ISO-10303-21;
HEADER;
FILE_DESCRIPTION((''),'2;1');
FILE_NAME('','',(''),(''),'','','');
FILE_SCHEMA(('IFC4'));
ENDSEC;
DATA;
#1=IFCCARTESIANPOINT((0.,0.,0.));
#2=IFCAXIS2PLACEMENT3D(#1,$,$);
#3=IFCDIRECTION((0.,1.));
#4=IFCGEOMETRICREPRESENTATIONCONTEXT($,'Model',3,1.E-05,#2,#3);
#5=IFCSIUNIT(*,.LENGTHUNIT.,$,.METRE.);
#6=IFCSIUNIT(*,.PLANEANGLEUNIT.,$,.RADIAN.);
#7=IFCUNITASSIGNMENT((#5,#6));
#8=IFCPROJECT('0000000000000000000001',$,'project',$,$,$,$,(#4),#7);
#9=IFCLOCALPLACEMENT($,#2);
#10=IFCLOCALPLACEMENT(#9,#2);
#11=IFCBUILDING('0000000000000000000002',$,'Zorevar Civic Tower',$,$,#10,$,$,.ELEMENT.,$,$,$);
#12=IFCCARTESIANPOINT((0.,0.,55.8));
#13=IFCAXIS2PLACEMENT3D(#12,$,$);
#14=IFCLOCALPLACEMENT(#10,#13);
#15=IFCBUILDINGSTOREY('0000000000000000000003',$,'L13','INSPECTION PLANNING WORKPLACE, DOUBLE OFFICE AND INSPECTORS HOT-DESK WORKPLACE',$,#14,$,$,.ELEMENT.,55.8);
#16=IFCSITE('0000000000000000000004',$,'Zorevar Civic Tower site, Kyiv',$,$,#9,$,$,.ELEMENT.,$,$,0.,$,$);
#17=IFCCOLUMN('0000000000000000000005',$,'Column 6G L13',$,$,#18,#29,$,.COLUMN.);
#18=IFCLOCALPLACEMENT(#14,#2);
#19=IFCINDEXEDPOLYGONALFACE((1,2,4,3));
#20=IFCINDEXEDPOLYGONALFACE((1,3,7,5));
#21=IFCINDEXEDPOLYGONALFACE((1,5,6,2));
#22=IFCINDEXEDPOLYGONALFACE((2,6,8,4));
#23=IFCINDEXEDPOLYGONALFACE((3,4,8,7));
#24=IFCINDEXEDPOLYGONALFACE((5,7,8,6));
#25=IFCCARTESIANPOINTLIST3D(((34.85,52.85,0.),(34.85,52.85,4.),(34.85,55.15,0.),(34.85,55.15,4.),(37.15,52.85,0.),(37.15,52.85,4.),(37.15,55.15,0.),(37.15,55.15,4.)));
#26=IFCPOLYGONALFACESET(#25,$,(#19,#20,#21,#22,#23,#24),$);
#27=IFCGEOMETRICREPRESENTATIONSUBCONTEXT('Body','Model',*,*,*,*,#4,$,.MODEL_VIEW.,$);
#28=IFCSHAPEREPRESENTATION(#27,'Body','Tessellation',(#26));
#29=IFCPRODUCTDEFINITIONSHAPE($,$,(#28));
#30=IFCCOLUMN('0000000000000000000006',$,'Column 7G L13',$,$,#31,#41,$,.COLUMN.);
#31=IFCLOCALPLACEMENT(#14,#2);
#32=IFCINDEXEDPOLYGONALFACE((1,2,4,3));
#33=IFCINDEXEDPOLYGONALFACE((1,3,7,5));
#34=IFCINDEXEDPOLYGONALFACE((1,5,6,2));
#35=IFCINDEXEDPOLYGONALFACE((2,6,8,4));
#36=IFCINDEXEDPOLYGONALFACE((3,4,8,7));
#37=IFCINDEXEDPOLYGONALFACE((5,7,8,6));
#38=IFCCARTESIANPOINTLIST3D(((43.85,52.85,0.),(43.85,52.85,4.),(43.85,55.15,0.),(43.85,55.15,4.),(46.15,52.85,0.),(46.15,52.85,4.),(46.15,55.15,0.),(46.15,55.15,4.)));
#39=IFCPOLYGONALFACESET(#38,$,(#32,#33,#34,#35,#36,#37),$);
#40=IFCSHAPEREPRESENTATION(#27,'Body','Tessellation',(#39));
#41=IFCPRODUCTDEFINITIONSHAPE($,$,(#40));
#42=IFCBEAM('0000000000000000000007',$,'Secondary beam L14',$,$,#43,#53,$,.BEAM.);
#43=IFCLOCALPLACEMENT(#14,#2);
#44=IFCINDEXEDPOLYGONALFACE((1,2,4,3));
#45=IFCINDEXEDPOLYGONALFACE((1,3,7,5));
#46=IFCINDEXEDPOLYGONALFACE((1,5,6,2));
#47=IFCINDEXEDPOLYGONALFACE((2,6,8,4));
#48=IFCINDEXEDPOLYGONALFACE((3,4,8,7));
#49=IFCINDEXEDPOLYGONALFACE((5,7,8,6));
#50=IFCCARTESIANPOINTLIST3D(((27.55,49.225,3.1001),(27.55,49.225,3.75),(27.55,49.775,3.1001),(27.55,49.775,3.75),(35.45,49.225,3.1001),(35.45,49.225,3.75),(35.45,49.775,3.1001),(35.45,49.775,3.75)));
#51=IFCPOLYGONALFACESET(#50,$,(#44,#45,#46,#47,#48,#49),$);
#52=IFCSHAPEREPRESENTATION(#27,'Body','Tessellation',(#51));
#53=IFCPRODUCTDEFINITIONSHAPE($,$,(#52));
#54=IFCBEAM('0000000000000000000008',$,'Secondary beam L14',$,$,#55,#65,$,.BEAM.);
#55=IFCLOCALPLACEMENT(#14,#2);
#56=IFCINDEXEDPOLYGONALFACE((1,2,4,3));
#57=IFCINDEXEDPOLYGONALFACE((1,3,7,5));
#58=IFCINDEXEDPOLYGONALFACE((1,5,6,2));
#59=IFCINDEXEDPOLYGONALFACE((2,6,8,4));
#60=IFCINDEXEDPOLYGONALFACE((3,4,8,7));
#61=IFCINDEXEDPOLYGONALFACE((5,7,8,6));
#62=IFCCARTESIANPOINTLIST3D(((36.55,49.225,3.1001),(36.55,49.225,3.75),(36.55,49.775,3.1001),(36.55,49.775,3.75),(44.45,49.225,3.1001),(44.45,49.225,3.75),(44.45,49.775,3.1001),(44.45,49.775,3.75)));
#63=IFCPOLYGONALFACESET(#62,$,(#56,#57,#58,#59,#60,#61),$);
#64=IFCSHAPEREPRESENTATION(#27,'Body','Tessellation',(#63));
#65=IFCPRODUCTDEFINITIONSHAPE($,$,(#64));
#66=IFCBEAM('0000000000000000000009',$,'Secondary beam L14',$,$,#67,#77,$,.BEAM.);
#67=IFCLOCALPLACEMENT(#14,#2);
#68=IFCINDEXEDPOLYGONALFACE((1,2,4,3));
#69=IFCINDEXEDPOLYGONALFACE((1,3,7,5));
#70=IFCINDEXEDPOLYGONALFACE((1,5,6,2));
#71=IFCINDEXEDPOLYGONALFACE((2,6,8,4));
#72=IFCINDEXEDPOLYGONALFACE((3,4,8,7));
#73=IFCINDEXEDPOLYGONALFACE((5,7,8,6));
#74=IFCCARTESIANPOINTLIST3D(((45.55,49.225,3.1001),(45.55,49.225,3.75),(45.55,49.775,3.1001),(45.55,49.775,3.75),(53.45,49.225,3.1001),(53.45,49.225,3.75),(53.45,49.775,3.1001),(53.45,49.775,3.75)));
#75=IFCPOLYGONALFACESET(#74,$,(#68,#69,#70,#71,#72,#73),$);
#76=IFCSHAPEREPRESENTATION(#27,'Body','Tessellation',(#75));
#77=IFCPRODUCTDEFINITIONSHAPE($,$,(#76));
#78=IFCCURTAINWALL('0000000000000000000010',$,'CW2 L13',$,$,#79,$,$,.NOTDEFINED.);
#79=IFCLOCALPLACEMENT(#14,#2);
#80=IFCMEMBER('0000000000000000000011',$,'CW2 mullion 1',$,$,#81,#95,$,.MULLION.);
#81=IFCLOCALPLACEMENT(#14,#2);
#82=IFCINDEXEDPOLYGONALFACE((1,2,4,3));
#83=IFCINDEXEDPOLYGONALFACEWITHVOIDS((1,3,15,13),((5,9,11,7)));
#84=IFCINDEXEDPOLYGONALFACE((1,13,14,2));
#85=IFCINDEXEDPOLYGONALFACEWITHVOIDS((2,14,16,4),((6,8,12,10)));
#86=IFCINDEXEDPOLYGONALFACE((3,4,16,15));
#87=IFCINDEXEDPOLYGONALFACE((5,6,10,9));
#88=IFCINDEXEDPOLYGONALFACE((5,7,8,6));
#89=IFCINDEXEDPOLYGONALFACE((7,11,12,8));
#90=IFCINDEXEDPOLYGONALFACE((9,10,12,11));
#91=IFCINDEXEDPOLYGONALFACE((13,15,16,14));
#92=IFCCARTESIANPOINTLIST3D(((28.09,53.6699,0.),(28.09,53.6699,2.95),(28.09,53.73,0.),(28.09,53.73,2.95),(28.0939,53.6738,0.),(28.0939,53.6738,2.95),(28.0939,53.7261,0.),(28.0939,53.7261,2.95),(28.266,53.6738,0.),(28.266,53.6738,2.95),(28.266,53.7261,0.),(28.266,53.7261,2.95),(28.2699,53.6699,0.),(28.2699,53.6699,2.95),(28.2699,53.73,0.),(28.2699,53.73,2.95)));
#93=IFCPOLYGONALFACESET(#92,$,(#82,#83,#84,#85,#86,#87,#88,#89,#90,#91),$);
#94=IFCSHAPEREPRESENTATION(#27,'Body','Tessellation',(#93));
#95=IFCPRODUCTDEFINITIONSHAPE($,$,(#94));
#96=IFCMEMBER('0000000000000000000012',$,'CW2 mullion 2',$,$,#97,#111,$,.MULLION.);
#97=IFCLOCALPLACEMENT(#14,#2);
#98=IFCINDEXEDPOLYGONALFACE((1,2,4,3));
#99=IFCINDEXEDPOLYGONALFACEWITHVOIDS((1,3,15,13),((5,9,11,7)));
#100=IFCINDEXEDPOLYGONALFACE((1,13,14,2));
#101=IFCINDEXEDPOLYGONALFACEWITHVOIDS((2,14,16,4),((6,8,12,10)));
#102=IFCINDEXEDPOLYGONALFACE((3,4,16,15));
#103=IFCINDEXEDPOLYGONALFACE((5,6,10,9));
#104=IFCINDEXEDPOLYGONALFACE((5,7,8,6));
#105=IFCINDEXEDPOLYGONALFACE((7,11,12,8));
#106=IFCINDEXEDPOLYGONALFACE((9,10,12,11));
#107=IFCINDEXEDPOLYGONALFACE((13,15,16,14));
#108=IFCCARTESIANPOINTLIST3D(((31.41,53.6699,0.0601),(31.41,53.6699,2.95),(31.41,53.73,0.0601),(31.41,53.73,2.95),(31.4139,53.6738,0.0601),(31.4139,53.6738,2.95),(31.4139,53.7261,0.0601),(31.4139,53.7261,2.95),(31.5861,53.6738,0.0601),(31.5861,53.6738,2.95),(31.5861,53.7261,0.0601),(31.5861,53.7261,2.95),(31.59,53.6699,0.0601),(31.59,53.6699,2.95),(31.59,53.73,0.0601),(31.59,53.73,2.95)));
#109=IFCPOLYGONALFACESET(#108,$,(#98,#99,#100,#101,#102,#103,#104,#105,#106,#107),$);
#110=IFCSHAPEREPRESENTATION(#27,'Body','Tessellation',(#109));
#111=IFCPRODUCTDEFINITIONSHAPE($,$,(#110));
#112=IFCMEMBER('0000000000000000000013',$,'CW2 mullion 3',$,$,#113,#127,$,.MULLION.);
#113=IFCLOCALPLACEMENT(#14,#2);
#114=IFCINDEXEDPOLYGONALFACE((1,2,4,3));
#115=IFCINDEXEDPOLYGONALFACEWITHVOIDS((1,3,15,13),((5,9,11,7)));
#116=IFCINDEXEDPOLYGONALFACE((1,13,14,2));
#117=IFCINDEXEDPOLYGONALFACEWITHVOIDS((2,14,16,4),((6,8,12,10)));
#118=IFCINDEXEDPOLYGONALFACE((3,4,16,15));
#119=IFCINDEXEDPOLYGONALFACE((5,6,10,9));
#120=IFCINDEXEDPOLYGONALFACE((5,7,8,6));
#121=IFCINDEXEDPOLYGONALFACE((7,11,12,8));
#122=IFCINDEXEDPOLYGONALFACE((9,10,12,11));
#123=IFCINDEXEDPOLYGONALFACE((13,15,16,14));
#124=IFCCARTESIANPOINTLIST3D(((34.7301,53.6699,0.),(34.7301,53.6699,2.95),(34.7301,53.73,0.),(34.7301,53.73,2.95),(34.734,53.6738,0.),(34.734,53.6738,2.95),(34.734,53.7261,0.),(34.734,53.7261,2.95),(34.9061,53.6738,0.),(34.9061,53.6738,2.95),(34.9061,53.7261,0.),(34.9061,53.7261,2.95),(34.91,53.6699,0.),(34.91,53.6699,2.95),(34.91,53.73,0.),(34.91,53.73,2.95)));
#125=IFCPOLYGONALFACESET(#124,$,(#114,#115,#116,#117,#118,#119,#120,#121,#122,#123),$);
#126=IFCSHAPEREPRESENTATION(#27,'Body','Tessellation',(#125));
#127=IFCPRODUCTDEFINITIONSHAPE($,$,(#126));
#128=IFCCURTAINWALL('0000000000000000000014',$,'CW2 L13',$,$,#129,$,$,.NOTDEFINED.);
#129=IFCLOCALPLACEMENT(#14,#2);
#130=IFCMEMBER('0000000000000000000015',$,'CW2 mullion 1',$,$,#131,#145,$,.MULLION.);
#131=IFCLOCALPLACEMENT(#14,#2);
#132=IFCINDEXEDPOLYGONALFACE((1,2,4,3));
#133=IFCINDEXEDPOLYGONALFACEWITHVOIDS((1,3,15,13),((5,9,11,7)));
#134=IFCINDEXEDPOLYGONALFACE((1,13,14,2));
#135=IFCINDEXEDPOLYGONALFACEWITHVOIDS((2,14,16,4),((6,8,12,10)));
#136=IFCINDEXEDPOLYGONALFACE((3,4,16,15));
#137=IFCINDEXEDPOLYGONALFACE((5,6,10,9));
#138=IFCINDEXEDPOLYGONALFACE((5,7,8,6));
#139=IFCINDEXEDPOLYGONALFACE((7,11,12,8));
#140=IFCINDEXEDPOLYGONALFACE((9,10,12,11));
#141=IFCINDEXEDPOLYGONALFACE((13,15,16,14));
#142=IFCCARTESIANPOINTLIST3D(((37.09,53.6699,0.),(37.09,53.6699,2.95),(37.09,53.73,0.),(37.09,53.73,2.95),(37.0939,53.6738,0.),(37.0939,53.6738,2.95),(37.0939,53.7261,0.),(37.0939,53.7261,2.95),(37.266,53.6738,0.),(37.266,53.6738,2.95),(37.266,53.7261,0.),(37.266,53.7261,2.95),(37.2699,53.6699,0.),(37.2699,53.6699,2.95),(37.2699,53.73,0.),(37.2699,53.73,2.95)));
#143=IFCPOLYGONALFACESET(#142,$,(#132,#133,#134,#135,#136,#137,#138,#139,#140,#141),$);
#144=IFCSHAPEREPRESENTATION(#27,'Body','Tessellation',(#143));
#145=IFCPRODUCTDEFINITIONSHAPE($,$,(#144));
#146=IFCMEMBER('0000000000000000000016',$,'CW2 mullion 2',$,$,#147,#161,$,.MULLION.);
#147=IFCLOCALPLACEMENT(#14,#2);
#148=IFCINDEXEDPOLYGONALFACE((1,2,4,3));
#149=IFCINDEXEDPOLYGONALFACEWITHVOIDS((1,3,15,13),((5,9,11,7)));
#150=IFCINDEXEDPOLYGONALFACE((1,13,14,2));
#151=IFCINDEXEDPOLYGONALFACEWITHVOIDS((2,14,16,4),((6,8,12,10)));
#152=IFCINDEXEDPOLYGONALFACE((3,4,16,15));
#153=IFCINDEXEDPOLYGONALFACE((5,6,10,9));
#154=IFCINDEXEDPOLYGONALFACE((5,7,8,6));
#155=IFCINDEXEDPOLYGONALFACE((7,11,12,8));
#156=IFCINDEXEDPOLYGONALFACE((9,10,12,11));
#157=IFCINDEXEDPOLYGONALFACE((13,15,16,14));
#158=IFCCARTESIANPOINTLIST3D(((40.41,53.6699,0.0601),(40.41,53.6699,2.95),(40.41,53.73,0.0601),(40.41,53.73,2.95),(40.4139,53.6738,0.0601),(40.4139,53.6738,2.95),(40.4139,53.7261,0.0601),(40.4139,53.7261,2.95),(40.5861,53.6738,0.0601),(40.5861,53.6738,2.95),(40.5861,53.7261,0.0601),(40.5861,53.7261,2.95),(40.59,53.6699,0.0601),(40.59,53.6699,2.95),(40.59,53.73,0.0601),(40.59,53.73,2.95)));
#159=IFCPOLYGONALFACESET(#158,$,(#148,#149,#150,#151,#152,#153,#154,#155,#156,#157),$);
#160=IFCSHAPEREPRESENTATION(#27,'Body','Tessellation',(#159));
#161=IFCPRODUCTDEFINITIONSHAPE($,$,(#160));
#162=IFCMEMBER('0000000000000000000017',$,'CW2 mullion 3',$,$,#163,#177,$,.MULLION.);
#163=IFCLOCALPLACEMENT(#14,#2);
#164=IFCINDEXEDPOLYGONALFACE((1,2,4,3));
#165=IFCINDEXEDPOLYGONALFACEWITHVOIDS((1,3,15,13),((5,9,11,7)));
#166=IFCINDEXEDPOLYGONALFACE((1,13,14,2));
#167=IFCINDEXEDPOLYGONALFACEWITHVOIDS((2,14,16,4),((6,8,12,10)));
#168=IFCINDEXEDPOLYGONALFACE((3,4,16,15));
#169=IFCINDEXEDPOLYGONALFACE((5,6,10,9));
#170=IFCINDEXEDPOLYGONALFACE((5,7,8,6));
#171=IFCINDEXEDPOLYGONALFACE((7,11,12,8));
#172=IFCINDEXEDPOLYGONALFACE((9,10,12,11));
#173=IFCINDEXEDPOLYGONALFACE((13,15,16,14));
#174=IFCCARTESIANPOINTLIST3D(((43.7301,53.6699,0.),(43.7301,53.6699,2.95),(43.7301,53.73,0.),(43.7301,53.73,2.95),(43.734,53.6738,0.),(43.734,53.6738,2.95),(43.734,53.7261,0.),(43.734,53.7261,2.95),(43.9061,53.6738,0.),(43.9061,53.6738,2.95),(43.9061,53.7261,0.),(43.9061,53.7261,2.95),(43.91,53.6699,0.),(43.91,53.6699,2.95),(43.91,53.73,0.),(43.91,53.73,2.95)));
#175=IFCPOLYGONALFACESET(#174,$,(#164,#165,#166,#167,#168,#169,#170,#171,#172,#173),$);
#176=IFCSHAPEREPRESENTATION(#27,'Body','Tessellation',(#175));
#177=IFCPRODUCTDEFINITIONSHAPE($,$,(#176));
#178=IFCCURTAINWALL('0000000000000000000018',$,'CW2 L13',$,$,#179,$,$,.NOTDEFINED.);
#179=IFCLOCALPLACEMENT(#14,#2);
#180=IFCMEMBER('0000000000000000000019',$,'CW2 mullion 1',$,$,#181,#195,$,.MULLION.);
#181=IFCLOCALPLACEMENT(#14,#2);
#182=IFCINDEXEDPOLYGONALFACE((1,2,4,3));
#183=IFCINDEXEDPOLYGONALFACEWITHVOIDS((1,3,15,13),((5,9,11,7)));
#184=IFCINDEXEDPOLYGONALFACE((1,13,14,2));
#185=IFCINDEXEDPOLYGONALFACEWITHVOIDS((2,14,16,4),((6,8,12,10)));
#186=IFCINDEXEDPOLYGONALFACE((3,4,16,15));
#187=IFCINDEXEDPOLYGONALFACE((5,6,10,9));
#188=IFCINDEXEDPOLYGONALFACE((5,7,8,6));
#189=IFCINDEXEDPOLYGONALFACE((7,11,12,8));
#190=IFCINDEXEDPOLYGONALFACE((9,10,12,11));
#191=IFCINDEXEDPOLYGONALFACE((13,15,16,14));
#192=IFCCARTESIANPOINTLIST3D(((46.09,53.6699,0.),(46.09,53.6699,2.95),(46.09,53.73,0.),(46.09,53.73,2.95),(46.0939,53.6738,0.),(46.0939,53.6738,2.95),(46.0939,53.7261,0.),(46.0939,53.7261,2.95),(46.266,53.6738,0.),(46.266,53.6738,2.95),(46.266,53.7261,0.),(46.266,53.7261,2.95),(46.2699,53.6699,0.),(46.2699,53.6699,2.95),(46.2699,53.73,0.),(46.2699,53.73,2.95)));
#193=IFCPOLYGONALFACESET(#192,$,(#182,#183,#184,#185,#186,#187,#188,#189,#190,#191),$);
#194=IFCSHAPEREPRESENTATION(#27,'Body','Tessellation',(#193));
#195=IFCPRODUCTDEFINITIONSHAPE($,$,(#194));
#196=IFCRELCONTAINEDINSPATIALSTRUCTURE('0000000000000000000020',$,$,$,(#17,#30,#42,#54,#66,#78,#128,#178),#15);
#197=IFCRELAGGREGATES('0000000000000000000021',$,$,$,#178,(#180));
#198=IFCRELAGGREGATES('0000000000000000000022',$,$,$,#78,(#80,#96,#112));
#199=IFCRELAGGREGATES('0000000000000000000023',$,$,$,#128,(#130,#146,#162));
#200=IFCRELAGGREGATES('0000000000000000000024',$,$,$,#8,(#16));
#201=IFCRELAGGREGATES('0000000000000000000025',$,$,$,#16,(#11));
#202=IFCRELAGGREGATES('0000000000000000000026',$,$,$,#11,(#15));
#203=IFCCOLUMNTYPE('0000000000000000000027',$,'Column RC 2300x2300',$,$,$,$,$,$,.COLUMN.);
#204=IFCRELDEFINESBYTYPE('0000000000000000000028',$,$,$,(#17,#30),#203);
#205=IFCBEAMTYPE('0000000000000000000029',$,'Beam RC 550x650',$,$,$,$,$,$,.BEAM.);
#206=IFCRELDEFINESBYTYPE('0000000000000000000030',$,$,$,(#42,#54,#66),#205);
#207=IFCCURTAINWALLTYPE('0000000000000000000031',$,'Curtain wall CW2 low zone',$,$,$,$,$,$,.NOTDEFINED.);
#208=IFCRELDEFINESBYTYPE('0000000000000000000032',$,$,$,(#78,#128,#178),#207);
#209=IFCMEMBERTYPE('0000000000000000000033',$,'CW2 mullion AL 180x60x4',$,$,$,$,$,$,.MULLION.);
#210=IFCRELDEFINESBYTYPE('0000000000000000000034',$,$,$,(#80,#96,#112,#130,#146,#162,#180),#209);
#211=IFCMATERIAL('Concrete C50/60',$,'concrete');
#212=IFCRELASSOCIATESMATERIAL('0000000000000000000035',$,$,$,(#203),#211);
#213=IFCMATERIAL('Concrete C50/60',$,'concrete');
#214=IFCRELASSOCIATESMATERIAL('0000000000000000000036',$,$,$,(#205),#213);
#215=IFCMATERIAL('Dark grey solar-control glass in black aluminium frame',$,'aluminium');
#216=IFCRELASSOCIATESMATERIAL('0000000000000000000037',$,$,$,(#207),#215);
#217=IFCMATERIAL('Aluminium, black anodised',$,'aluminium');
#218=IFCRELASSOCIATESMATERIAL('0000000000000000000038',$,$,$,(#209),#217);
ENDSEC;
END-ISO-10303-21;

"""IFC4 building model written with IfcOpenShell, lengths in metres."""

from ifc_helpers import new_model, si_unit, direction, frame, origin, origin_2d, place, context, subcontext, project, spatial, rectangle, hollow_rectangle, extrude, material, material_profile, profile_set, type_object, element, aggregate, save


model = new_model("IFC4")

# Units and contexts
model_context = context("Model", 3, precision=1e-05, world=origin(), true_north=direction((0.0, 1.0)))
body_context = subcontext(model_context, "Body", "Model", "MODEL_VIEW")
ifc_project = project(units=[si_unit("LENGTHUNIT", "METRE"), si_unit("PLANEANGLEUNIT", "RADIAN")], contexts=[model_context])

# Site, building, storey
site_placement = place(None, origin())
site = spatial("IfcSite", under=ifc_project, at=site_placement, Name="Zorevar Civic Tower site, Kyiv", CompositionType="ELEMENT", RefElevation=0.0)
building_placement = place(site_placement, origin())
building = spatial("IfcBuilding", under=site, at=building_placement, Name="Zorevar Civic Tower", CompositionType="ELEMENT")
storey_placement = place(building_placement, frame((0.0, 0.0, 55.8)))
storey = spatial("IfcBuildingStorey", under=building, at=storey_placement, Name="L13", Description="INSPECTION PLANNING WORKPLACE, DOUBLE OFFICE AND INSPECTORS HOT-DESK WORKPLACE", CompositionType="ELEMENT", Elevation=55.8)

# Columns
ifc_material_1 = material(Name="Concrete C50/60", Category="concrete")
ifc_material_profile_1 = material_profile(ifc_material_1, rectangle(XDim=2.3, YDim=2.3, at=origin_2d()), Name="RC 2300x2300")
ifc_profile_set_1 = profile_set([ifc_material_profile_1], Name="Concrete C50/60")
column_type = type_object("IfcColumnType", Name="Column RC 2300x2300", PredefinedType="COLUMN", material=ifc_profile_set_1)
for number, where, z_axis, x_axis, name in (
    (1, (36.0, 54.0, 0.0), (0.0, 0.0, 1.0), (1.0, 0.0, 0.0), "Column 6G L13"),
    (2, (45.0, 54.0, 0.0), (0.0, 0.0, 1.0), (1.0, 0.0, 0.0), "Column 7G L13"),
):
    element("IfcColumn", number, at=place(storey_placement, frame(where, z_axis=z_axis, x_axis=x_axis)), inside=storey, type_object=column_type, Name=name, PredefinedType="COLUMN", context=body_context, shape_type="SweptSolid", body=[
        extrude(rectangle(XDim=2.3, YDim=2.3, at=origin_2d()), origin(), (0.0, 0.0, 1.0), 4.0),
    ])

# Beams
ifc_material_2 = material(Name="Concrete C50/60", Category="concrete")
ifc_material_profile_2 = material_profile(ifc_material_2, rectangle(XDim=0.55, YDim=0.6499, at=origin_2d()), Name="RC 550x650")
ifc_profile_set_2 = profile_set([ifc_material_profile_2], Name="Concrete C50/60")
beam_type_1 = type_object("IfcBeamType", Name="Beam RC 550x650", PredefinedType="BEAM", material=ifc_profile_set_2)
for number, where, z_axis, x_axis, name in (
    (3, (27.55, 49.5, 3.425), (1.0, 0.0, 0.0), (0.0, 1.0, 0.0), "Secondary beam L14"),
    (4, (36.55, 49.5, 3.425), (1.0, 0.0, 0.0), (0.0, 1.0, 0.0), "Secondary beam L14"),
    (5, (45.55, 49.5, 3.425), (1.0, 0.0, 0.0), (0.0, 1.0, 0.0), "Secondary beam L14"),
):
    element("IfcBeam", number, at=place(storey_placement, frame(where, z_axis=z_axis, x_axis=x_axis)), inside=storey, type_object=beam_type_1, Name=name, PredefinedType="BEAM", context=body_context, shape_type="SweptSolid", body=[
        extrude(rectangle(XDim=0.55, YDim=0.6499, at=origin_2d()), origin(), (0.0, 0.0, 1.0), 7.8999),
    ])

# Curtain walls, members
ifc_material_3 = material(Name="Dark grey solar-control glass in black aluminium frame", Category="aluminium")
curtain_wall_type = type_object("IfcCurtainWallType", Name="Curtain wall CW2 low zone", PredefinedType="NOTDEFINED", material=ifc_material_3)
curtain_wall_1_placement = place(storey_placement, origin())
curtain_wall_1 = element("IfcCurtainWall", 6, at=curtain_wall_1_placement, inside=storey, type_object=curtain_wall_type, Name="CW2 L13", PredefinedType="NOTDEFINED")
ifc_material_4 = material(Name="Aluminium, black anodised", Category="aluminium")
ifc_material_profile_3 = material_profile(ifc_material_4, hollow_rectangle(XDim=0.0601, YDim=0.1799, WallThickness=0.0039, at=origin_2d()), Name="AL 180x60x4")
ifc_profile_set_3 = profile_set([ifc_material_profile_3], Name="Aluminium, black anodised")
member_type_1 = type_object("IfcMemberType", Name="CW2 mullion AL 180x60x4", PredefinedType="MULLION", material=ifc_profile_set_3)
member_1_placement = place(storey_placement, frame((28.1799, 53.7, 0.0), z_axis=(0.0, 0.0, 1.0), x_axis=(0.0, 1.0, 0.0)))
member_1 = element("IfcMember", 7, at=member_1_placement, type_object=member_type_1, Name="CW2 mullion 1", PredefinedType="MULLION", context=body_context, shape_type="SweptSolid", body=[
    extrude(hollow_rectangle(XDim=0.0601, YDim=0.1799, WallThickness=0.0039, at=origin_2d()), origin(), (0.0, 0.0, 1.0), 2.95),
])
member_2_placement = place(storey_placement, frame((31.5, 53.7, 0.0601), z_axis=(0.0, 0.0, 1.0), x_axis=(0.0, 1.0, 0.0)))
member_2 = element("IfcMember", 8, at=member_2_placement, type_object=member_type_1, Name="CW2 mullion 2", PredefinedType="MULLION", context=body_context, shape_type="SweptSolid", body=[
    extrude(hollow_rectangle(XDim=0.0601, YDim=0.1799, WallThickness=0.0039, at=origin_2d()), origin(), (0.0, 0.0, 1.0), 2.8899),
])
member_3_placement = place(storey_placement, frame((34.8201, 53.7, 0.0), z_axis=(0.0, 0.0, 1.0), x_axis=(0.0, 1.0, 0.0)))
member_3 = element("IfcMember", 9, at=member_3_placement, type_object=member_type_1, Name="CW2 mullion 3", PredefinedType="MULLION", context=body_context, shape_type="SweptSolid", body=[
    extrude(hollow_rectangle(XDim=0.0601, YDim=0.1799, WallThickness=0.0039, at=origin_2d()), origin(), (0.0, 0.0, 1.0), 2.95),
])
curtain_wall_2_placement = place(storey_placement, origin())
curtain_wall_2 = element("IfcCurtainWall", 10, at=curtain_wall_2_placement, inside=storey, type_object=curtain_wall_type, Name="CW2 L13", PredefinedType="NOTDEFINED")
member_4_placement = place(storey_placement, frame((37.1799, 53.7, 0.0), z_axis=(0.0, 0.0, 1.0), x_axis=(0.0, 1.0, 0.0)))
member_4 = element("IfcMember", 11, at=member_4_placement, type_object=member_type_1, Name="CW2 mullion 1", PredefinedType="MULLION", context=body_context, shape_type="SweptSolid", body=[
    extrude(hollow_rectangle(XDim=0.0601, YDim=0.1799, WallThickness=0.0039, at=origin_2d()), origin(), (0.0, 0.0, 1.0), 2.95),
])
member_5_placement = place(storey_placement, frame((40.5, 53.7, 0.0601), z_axis=(0.0, 0.0, 1.0), x_axis=(0.0, 1.0, 0.0)))
member_5 = element("IfcMember", 12, at=member_5_placement, type_object=member_type_1, Name="CW2 mullion 2", PredefinedType="MULLION", context=body_context, shape_type="SweptSolid", body=[
    extrude(hollow_rectangle(XDim=0.0601, YDim=0.1799, WallThickness=0.0039, at=origin_2d()), origin(), (0.0, 0.0, 1.0), 2.8899),
])
member_6_placement = place(storey_placement, frame((43.8201, 53.7, 0.0), z_axis=(0.0, 0.0, 1.0), x_axis=(0.0, 1.0, 0.0)))
member_6 = element("IfcMember", 13, at=member_6_placement, type_object=member_type_1, Name="CW2 mullion 3", PredefinedType="MULLION", context=body_context, shape_type="SweptSolid", body=[
    extrude(hollow_rectangle(XDim=0.0601, YDim=0.1799, WallThickness=0.0039, at=origin_2d()), origin(), (0.0, 0.0, 1.0), 2.95),
])

# Curtain wall, member
curtain_wall_3_placement = place(storey_placement, origin())
curtain_wall_3 = element("IfcCurtainWall", 14, at=curtain_wall_3_placement, inside=storey, type_object=curtain_wall_type, Name="CW2 L13", PredefinedType="NOTDEFINED")
member_7_placement = place(storey_placement, frame((46.1799, 53.7, 0.0), z_axis=(0.0, 0.0, 1.0), x_axis=(0.0, 1.0, 0.0)))
member_7 = element("IfcMember", 15, at=member_7_placement, type_object=member_type_1, Name="CW2 mullion 1", PredefinedType="MULLION", context=body_context, shape_type="SweptSolid", body=[
    extrude(hollow_rectangle(XDim=0.0601, YDim=0.1799, WallThickness=0.0039, at=origin_2d()), origin(), (0.0, 0.0, 1.0), 2.95),
])

aggregate(curtain_wall_3, [member_7])

aggregate(curtain_wall_1, [member_1, member_2, member_3])
aggregate(curtain_wall_2, [member_4, member_5, member_6])

save(model, "model.ifc")
